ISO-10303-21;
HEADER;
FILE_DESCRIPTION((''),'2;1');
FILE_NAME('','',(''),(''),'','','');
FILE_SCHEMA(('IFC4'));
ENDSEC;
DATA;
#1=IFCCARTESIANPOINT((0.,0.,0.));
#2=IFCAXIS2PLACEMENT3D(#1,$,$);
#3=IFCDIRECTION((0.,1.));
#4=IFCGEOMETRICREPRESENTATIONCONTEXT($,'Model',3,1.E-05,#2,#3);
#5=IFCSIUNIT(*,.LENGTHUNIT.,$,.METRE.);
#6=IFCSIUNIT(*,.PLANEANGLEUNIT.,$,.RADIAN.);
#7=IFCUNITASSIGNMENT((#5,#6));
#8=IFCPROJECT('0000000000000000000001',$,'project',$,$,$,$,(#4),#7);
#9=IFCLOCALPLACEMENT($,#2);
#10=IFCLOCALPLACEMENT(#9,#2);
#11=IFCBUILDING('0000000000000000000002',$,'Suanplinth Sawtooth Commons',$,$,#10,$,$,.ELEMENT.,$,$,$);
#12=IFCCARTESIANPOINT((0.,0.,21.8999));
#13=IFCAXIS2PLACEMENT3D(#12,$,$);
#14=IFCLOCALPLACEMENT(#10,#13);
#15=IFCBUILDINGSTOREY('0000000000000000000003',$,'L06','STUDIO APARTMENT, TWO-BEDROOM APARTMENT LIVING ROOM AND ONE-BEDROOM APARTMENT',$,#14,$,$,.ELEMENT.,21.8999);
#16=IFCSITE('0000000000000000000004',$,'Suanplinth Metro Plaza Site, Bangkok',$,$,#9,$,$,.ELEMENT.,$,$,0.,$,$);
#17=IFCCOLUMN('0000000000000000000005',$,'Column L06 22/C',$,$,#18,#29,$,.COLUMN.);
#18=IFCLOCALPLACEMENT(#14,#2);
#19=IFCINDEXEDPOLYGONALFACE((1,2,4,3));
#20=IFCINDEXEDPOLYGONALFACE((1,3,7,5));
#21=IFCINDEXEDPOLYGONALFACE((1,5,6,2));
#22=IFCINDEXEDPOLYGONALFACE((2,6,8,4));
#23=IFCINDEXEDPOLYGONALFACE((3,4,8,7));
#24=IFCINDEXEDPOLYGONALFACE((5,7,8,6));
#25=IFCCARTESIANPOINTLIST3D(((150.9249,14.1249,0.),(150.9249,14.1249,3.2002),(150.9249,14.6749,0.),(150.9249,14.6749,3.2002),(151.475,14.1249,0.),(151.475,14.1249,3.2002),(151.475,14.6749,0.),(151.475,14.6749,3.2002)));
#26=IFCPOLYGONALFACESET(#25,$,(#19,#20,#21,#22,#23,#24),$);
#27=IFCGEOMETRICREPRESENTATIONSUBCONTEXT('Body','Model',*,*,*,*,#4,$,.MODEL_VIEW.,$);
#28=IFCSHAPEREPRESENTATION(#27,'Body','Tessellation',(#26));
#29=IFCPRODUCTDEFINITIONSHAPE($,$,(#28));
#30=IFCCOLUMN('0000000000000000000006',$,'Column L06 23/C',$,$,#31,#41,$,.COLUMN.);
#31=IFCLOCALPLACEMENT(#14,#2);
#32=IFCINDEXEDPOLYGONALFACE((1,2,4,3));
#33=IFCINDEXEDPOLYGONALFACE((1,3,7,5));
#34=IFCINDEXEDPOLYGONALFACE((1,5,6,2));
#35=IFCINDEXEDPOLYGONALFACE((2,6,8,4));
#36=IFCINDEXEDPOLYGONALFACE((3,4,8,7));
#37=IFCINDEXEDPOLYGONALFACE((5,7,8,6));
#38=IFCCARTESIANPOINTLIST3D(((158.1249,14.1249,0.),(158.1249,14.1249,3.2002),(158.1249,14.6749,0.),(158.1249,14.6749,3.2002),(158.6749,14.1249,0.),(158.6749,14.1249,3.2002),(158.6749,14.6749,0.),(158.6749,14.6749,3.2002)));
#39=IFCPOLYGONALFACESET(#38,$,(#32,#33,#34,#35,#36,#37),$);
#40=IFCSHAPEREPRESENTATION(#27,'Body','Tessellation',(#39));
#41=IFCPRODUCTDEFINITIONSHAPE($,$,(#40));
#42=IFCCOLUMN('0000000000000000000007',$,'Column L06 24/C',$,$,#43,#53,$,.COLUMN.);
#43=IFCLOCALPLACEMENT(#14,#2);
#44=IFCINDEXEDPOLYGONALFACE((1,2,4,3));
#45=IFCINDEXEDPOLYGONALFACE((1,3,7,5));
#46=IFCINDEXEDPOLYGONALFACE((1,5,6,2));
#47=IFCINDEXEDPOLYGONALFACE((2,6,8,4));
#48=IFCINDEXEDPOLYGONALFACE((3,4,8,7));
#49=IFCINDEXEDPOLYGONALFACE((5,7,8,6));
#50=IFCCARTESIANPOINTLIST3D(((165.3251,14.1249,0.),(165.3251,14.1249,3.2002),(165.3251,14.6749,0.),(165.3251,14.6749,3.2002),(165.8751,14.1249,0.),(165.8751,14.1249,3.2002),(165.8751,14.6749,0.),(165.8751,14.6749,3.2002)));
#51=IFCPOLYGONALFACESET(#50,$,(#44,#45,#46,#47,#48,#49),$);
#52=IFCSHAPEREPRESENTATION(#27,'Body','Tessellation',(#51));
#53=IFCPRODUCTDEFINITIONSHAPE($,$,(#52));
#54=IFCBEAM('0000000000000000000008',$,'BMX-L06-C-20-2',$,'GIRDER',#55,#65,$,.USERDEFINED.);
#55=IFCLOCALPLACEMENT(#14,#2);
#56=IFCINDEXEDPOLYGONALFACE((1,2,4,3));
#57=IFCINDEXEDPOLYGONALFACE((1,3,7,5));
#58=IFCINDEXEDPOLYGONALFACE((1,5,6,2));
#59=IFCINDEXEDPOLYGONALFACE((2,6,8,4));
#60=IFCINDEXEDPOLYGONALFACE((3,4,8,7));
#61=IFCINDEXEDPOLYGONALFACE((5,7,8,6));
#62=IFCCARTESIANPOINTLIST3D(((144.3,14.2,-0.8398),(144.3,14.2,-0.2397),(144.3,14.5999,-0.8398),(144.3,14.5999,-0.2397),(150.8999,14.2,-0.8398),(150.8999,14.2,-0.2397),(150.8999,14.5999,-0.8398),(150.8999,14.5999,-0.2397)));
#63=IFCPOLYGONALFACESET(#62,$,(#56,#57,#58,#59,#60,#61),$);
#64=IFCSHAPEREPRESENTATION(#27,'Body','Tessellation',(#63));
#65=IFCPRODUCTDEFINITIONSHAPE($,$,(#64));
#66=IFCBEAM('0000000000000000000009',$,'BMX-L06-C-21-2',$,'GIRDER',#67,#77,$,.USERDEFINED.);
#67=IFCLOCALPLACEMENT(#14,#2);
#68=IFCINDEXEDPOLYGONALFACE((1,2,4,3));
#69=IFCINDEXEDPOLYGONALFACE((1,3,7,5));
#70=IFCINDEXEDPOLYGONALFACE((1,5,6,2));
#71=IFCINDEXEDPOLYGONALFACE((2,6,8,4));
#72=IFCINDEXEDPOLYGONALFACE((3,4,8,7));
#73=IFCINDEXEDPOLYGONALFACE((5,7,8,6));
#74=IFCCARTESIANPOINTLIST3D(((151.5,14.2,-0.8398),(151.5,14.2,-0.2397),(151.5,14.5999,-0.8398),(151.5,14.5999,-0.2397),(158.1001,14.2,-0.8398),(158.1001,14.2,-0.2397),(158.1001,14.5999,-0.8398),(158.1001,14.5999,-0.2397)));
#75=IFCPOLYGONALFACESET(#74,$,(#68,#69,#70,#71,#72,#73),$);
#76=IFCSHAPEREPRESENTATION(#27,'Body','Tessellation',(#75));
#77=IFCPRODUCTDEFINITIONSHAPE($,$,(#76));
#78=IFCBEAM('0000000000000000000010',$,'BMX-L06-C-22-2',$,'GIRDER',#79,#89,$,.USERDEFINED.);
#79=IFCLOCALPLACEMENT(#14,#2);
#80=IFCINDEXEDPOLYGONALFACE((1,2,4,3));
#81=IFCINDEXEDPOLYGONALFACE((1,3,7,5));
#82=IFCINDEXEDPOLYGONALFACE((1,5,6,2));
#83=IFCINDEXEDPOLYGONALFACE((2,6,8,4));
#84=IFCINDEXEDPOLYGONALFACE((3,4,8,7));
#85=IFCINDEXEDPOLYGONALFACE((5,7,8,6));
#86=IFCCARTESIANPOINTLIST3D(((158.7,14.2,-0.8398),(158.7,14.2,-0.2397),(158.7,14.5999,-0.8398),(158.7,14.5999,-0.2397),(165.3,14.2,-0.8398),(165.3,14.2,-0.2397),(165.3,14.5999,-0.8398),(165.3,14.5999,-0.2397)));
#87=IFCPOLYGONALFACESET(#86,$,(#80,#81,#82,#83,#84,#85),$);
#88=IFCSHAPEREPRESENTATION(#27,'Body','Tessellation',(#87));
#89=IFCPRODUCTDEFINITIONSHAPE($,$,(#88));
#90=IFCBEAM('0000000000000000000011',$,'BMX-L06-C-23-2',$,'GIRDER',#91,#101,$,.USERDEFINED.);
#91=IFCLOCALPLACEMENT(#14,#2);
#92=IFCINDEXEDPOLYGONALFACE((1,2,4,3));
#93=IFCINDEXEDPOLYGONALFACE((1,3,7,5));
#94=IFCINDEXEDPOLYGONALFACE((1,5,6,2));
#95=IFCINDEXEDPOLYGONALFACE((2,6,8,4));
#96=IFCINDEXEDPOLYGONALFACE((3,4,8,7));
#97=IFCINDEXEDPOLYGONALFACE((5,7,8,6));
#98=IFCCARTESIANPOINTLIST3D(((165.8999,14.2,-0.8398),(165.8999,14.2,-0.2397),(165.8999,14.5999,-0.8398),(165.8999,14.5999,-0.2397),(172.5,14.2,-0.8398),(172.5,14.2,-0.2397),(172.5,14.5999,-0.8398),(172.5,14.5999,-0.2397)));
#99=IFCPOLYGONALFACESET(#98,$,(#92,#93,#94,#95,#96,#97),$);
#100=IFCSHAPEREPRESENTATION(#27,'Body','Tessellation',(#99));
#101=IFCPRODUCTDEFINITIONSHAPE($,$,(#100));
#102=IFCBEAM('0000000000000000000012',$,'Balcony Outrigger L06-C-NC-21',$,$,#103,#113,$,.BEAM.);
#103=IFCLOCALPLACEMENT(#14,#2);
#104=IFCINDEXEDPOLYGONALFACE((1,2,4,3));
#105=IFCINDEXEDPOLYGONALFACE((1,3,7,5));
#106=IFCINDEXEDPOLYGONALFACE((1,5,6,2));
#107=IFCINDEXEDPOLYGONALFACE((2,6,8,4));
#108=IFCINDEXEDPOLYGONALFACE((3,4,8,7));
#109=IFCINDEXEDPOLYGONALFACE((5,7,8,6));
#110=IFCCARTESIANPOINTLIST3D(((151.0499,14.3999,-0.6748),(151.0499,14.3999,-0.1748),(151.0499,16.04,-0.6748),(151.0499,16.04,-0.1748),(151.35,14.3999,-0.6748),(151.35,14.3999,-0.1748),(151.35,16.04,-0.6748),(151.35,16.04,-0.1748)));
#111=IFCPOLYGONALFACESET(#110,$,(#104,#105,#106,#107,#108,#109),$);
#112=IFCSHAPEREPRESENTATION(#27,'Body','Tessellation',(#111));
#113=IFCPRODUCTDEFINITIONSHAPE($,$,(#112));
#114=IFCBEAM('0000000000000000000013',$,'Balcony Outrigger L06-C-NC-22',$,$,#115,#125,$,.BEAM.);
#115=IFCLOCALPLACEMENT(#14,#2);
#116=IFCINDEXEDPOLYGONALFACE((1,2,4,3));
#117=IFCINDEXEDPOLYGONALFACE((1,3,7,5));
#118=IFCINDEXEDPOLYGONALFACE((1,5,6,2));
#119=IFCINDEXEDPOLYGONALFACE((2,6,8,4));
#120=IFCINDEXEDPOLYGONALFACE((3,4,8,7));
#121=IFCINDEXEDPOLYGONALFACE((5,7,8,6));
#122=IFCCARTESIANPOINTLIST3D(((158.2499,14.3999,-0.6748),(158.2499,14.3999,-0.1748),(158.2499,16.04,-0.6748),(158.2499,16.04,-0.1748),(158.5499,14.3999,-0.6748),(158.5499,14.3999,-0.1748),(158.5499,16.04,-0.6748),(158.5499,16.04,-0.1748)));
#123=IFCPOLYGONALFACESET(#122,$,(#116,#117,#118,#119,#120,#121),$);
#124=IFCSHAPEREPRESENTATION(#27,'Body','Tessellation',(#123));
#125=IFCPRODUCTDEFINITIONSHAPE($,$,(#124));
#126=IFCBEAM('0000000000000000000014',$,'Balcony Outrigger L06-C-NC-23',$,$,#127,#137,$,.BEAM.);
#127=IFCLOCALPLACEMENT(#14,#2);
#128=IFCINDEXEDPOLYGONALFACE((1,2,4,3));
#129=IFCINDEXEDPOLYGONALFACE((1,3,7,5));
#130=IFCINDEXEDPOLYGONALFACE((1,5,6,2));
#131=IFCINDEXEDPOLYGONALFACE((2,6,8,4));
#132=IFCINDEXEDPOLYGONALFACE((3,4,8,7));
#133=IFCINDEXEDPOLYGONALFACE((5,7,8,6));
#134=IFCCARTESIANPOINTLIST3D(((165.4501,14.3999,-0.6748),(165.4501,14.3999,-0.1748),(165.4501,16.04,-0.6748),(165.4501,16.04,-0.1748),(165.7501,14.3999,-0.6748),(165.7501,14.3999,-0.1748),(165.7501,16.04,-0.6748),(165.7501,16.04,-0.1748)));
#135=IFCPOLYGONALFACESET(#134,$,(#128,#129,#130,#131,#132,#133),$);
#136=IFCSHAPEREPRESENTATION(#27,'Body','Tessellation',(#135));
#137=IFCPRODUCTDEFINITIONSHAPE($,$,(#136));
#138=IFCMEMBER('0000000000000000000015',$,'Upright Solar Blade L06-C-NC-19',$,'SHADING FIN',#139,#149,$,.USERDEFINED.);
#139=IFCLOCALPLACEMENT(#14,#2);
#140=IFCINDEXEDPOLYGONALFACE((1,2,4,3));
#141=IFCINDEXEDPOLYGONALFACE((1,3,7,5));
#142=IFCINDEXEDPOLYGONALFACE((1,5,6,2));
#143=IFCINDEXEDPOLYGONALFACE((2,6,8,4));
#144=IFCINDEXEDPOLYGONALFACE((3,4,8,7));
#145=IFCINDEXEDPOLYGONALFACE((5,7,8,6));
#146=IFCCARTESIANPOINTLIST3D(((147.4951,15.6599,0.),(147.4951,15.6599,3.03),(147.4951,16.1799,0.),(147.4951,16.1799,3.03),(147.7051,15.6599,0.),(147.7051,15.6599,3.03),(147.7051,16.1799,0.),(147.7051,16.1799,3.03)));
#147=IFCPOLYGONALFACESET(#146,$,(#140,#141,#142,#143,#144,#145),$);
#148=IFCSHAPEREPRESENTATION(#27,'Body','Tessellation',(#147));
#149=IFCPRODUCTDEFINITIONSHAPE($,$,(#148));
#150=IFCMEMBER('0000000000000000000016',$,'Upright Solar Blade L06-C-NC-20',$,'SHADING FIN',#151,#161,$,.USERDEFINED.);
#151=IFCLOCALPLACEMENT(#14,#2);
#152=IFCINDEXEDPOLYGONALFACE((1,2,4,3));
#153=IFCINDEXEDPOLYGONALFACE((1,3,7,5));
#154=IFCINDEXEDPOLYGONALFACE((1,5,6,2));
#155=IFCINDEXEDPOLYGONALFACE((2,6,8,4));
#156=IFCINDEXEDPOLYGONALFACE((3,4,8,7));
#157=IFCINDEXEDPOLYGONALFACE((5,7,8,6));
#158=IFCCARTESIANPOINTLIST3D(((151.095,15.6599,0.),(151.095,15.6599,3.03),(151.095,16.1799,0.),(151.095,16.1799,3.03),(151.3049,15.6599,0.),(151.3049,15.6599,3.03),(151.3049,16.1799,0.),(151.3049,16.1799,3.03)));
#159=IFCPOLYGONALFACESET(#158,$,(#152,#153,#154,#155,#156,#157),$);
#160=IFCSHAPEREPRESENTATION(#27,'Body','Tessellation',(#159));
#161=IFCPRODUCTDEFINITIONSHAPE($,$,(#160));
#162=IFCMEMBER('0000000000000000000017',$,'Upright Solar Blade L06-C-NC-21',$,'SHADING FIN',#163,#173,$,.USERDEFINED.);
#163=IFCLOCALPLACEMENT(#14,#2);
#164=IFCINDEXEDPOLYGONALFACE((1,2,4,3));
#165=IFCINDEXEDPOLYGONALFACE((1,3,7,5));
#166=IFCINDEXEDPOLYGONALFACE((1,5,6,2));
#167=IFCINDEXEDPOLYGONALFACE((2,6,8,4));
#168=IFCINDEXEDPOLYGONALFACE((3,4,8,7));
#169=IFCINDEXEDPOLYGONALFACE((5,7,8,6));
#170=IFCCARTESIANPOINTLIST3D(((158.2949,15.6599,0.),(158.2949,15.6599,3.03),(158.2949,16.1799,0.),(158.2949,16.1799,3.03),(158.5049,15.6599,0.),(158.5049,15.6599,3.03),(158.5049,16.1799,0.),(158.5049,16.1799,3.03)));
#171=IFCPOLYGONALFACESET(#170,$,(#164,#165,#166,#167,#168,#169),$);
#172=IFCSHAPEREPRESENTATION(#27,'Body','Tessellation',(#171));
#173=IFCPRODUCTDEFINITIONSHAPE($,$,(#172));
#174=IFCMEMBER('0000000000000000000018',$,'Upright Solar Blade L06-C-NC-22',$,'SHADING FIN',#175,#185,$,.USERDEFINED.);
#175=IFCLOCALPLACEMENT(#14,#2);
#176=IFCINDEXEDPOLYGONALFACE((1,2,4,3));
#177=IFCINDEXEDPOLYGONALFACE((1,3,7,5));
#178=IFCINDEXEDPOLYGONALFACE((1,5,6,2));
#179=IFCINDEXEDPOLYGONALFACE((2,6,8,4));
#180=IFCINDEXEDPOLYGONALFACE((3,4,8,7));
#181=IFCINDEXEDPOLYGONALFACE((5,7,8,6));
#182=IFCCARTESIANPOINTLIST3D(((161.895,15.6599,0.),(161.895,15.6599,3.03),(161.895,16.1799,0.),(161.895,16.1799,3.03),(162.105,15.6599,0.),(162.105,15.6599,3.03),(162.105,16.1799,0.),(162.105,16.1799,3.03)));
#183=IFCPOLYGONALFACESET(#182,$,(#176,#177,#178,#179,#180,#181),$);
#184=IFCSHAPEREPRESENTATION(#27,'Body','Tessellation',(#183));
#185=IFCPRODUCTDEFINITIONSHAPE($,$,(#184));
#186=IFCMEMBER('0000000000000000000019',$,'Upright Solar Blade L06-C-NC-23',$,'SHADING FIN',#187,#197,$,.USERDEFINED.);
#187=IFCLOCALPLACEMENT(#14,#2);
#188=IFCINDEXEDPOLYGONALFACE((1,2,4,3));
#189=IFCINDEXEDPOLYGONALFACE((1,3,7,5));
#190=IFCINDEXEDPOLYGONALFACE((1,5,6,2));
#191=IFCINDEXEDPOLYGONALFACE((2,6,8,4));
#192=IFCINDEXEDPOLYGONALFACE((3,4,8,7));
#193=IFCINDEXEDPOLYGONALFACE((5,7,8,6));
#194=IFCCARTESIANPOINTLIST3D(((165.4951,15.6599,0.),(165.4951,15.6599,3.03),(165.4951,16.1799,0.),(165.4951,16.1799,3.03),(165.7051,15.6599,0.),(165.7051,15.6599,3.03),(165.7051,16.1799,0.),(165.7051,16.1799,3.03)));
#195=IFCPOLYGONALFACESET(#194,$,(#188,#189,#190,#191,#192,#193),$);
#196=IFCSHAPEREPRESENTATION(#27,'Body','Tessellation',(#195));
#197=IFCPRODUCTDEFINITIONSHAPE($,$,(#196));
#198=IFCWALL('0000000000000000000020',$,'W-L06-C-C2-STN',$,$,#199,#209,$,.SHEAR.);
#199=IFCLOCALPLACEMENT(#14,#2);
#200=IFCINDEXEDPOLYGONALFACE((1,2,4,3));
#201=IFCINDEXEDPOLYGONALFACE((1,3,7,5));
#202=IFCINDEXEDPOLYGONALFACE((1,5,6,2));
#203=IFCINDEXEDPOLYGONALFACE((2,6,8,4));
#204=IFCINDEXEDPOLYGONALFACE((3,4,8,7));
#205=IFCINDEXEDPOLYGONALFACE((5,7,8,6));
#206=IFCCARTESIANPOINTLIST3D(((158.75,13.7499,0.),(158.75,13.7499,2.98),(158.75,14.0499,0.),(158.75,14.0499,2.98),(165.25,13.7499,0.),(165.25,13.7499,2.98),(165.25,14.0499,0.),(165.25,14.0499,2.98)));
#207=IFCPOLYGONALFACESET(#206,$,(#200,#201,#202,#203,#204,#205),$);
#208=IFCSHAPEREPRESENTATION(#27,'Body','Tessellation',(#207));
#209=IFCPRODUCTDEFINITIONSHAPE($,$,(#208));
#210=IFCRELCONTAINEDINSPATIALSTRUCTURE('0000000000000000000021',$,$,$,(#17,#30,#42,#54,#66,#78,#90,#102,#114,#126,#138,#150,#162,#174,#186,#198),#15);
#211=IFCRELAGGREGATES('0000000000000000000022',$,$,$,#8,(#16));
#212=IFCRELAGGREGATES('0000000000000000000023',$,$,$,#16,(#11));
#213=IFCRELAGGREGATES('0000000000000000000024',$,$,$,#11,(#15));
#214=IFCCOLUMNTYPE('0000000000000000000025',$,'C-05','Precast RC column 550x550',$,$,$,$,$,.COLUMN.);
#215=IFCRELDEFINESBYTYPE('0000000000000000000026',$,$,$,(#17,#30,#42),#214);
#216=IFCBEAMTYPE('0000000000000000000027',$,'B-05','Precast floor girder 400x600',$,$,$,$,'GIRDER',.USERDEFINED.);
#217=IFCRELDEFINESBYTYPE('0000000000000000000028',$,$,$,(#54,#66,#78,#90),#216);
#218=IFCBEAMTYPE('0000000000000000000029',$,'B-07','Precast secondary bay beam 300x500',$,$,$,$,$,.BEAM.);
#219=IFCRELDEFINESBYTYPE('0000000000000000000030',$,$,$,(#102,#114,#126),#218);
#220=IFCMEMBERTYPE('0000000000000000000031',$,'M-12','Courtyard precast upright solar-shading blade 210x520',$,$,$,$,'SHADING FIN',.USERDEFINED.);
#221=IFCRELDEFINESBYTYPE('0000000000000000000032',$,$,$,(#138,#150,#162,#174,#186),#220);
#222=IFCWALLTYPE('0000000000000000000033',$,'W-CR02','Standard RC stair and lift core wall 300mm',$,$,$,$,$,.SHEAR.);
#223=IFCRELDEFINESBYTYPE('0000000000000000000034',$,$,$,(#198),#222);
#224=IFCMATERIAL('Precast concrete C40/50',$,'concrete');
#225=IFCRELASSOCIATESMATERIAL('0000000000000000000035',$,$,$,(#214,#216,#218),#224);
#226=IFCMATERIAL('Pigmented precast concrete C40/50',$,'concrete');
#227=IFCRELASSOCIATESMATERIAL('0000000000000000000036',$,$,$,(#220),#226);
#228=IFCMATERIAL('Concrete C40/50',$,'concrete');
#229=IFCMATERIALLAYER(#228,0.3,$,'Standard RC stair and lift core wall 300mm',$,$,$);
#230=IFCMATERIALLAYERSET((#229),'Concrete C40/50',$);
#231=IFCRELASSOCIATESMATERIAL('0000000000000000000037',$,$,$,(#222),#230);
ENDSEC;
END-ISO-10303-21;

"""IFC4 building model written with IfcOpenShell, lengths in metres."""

from ifc_helpers import new_model, si_unit, direction, frame, frame_2d, origin, origin_2d, place, context, subcontext, project, spatial, rectangle, extrude, material, layer, layer_set, material_profile, profile_set, type_object, element, save


model = new_model("IFC4")

# Units and contexts
model_context = context("Model", 3, precision=1e-05, world=origin(), true_north=direction((0.0, 1.0)))
body_context = subcontext(model_context, "Body", "Model", "MODEL_VIEW")
ifc_project = project(units=[si_unit("LENGTHUNIT", "METRE"), si_unit("PLANEANGLEUNIT", "RADIAN")], contexts=[model_context])

# Site, building, storey
site_placement = place(None, origin())
site = spatial("IfcSite", under=ifc_project, at=site_placement, Name="Suanplinth Metro Plaza Site, Bangkok", CompositionType="ELEMENT", RefElevation=0.0)
building_placement = place(site_placement, origin())
building = spatial("IfcBuilding", under=site, at=building_placement, Name="Suanplinth Sawtooth Commons", CompositionType="ELEMENT")
storey_placement = place(building_placement, frame((0.0, 0.0, 21.8999)))
storey = spatial("IfcBuildingStorey", under=building, at=storey_placement, Name="L06", Description="STUDIO APARTMENT, TWO-BEDROOM APARTMENT LIVING ROOM AND ONE-BEDROOM APARTMENT", CompositionType="ELEMENT", Elevation=21.8999)

# Columns
ifc_material_1 = material(Name="Precast concrete C40/50", Category="concrete")
ifc_material_profile_1 = material_profile(ifc_material_1, rectangle(XDim=0.55, YDim=0.55, at=origin_2d()), Name="PC-COL 550x550")
ifc_profile_set_1 = profile_set([ifc_material_profile_1], Name="Precast concrete C40/50")
column_type = type_object("IfcColumnType", Name="C-05", Description="Precast RC column 550x550", PredefinedType="COLUMN", material=ifc_profile_set_1)
for number, where, z_axis, x_axis, name in (
    (1, (151.2, 14.3999, 0.0), (0.0, 0.0, 1.0), (1.0, 0.0, 0.0), "Column L06 22/C"),
    (2, (158.3999, 14.3999, 0.0), (0.0, 0.0, 1.0), (1.0, 0.0, 0.0), "Column L06 23/C"),
    (3, (165.6001, 14.3999, 0.0), (0.0, 0.0, 1.0), (1.0, 0.0, 0.0), "Column L06 24/C"),
):
    element("IfcColumn", number, at=place(storey_placement, frame(where, z_axis=z_axis, x_axis=x_axis)), inside=storey, type_object=column_type, Name=name, PredefinedType="COLUMN", context=body_context, shape_type="SweptSolid", body=[
        extrude(rectangle(XDim=0.55, YDim=0.55, at=origin_2d()), origin(), (0.0, 0.0, 1.0), 3.2002),
    ])

# Beams
ifc_material_profile_2 = material_profile(ifc_material_1, rectangle(XDim=0.3999, YDim=0.6001, at=origin_2d()), Name="PC-GDR 400x600")
ifc_profile_set_2 = profile_set([ifc_material_profile_2], Name="Precast concrete C40/50")
beam_type_1 = type_object("IfcBeamType", Name="B-05", Description="Precast floor girder 400x600", ElementType="GIRDER", PredefinedType="USERDEFINED", material=ifc_profile_set_2)
beam_placement = place(storey_placement, frame((144.3, 14.3999, -0.5398), z_axis=(1.0, 0.0, 0.0), x_axis=(0.0, 1.0, 0.0)))
element("IfcBeam", 4, at=beam_placement, inside=storey, type_object=beam_type_1, Name="BMX-L06-C-20-2", ObjectType="GIRDER", PredefinedType="USERDEFINED", context=body_context, shape_type="SweptSolid", body=[
    extrude(rectangle(XDim=0.3999, YDim=0.6001, at=origin_2d()), origin(), (0.0, 0.0, 1.0), 6.5999),
])
for number, where, z_axis, x_axis, name in (
    (5, (151.5, 14.3999, -0.5398), (1.0, 0.0, 0.0), (0.0, 1.0, 0.0), "BMX-L06-C-21-2"),
    (6, (158.7, 14.3999, -0.5398), (1.0, 0.0, 0.0), (0.0, 1.0, 0.0), "BMX-L06-C-22-2"),
    (7, (165.8999, 14.3999, -0.5398), (1.0, 0.0, 0.0), (0.0, 1.0, 0.0), "BMX-L06-C-23-2"),
):
    element("IfcBeam", number, at=place(storey_placement, frame(where, z_axis=z_axis, x_axis=x_axis)), inside=storey, type_object=beam_type_1, Name=name, ObjectType="GIRDER", PredefinedType="USERDEFINED", context=body_context, shape_type="SweptSolid", body=[
        extrude(rectangle(XDim=0.3999, YDim=0.6001, at=origin_2d()), origin(), (0.0, 0.0, 1.0), 6.6001),
    ])
ifc_material_profile_3 = material_profile(ifc_material_1, rectangle(XDim=0.3, YDim=0.5, at=origin_2d()), Name="PC-BM 300x500")
ifc_profile_set_3 = profile_set([ifc_material_profile_3], Name="Precast concrete C40/50")
beam_type_2 = type_object("IfcBeamType", Name="B-07", Description="Precast secondary bay beam 300x500", PredefinedType="BEAM", material=ifc_profile_set_3)
for number, where, z_axis, x_axis, name in (
    (8, (151.2, 14.3999, -0.4248), (0.0, 1.0, 0.0), (-1.0, 0.0, 0.0), "Balcony Outrigger L06-C-NC-21"),
    (9, (158.3999, 14.3999, -0.4248), (0.0, 1.0, 0.0), (-1.0, 0.0, 0.0), "Balcony Outrigger L06-C-NC-22"),
    (10, (165.6001, 14.3999, -0.4248), (0.0, 1.0, 0.0), (-1.0, 0.0, 0.0), "Balcony Outrigger L06-C-NC-23"),
):
    element("IfcBeam", number, at=place(storey_placement, frame(where, z_axis=z_axis, x_axis=x_axis)), inside=storey, type_object=beam_type_2, Name=name, PredefinedType="BEAM", context=body_context, shape_type="SweptSolid", body=[
        extrude(rectangle(XDim=0.3, YDim=0.5, at=origin_2d()), origin(), (0.0, 0.0, 1.0), 1.6401),
    ])

# Members
ifc_material_2 = material(Name="Pigmented precast concrete C40/50", Category="concrete")
ifc_material_profile_4 = material_profile(ifc_material_2, rectangle(XDim=0.21, YDim=0.52, at=origin_2d()), Name="PC-FIN 210x520")
ifc_profile_set_4 = profile_set([ifc_material_profile_4], Name="Pigmented precast concrete C40/50")
member_type = type_object("IfcMemberType", Name="M-12", Description="Courtyard precast upright solar-shading blade 210x520", ElementType="SHADING FIN", PredefinedType="USERDEFINED", material=ifc_profile_set_4)
for number, where, z_axis, x_axis, name in (
    (11, (147.6001, 15.9199, 0.0), (0.0, 0.0, 1.0), (1.0, 0.0, 0.0), "Upright Solar Blade L06-C-NC-19"),
    (12, (151.2, 15.9199, 0.0), (0.0, 0.0, 1.0), (1.0, 0.0, 0.0), "Upright Solar Blade L06-C-NC-20"),
    (13, (158.3999, 15.9199, 0.0), (0.0, 0.0, 1.0), (1.0, 0.0, 0.0), "Upright Solar Blade L06-C-NC-21"),
    (14, (162.0, 15.9199, 0.0), (0.0, 0.0, 1.0), (1.0, 0.0, 0.0), "Upright Solar Blade L06-C-NC-22"),
    (15, (165.6001, 15.9199, 0.0), (0.0, 0.0, 1.0), (1.0, 0.0, 0.0), "Upright Solar Blade L06-C-NC-23"),
):
    element("IfcMember", number, at=place(storey_placement, frame(where, z_axis=z_axis, x_axis=x_axis)), inside=storey, type_object=member_type, Name=name, ObjectType="SHADING FIN", PredefinedType="USERDEFINED", context=body_context, shape_type="SweptSolid", body=[
        extrude(rectangle(XDim=0.21, YDim=0.52, at=origin_2d()), origin(), (0.0, 0.0, 1.0), 3.03),
    ])

# Wall
ifc_material_3 = material(Name="Concrete C40/50", Category="concrete")
ifc_layer_1 = layer(ifc_material_3, 0.3, Name="Standard RC stair and lift core wall 300mm")
ifc_layer_set_1 = layer_set([ifc_layer_1], Name="Concrete C40/50")
wall_type_1 = type_object("IfcWallType", Name="W-CR02", Description="Standard RC stair and lift core wall 300mm", PredefinedType="SHEAR", material=ifc_layer_set_1)
wall_1_placement = place(storey_placement, frame((158.75, 13.8999, 0.0), z_axis=(0.0, 0.0, 1.0), x_axis=(1.0, 0.0, 0.0)))
element("IfcWall", 16, at=wall_1_placement, inside=storey, type_object=wall_type_1, Name="W-L06-C-C2-STN", PredefinedType="SHEAR", context=body_context, shape_type="SweptSolid", body=[
    extrude(rectangle(XDim=6.5, YDim=0.3, at=frame_2d((3.25, 0.0))), origin(), (0.0, 0.0, 1.0), 2.98),
])

save(model, "model.ifc")
